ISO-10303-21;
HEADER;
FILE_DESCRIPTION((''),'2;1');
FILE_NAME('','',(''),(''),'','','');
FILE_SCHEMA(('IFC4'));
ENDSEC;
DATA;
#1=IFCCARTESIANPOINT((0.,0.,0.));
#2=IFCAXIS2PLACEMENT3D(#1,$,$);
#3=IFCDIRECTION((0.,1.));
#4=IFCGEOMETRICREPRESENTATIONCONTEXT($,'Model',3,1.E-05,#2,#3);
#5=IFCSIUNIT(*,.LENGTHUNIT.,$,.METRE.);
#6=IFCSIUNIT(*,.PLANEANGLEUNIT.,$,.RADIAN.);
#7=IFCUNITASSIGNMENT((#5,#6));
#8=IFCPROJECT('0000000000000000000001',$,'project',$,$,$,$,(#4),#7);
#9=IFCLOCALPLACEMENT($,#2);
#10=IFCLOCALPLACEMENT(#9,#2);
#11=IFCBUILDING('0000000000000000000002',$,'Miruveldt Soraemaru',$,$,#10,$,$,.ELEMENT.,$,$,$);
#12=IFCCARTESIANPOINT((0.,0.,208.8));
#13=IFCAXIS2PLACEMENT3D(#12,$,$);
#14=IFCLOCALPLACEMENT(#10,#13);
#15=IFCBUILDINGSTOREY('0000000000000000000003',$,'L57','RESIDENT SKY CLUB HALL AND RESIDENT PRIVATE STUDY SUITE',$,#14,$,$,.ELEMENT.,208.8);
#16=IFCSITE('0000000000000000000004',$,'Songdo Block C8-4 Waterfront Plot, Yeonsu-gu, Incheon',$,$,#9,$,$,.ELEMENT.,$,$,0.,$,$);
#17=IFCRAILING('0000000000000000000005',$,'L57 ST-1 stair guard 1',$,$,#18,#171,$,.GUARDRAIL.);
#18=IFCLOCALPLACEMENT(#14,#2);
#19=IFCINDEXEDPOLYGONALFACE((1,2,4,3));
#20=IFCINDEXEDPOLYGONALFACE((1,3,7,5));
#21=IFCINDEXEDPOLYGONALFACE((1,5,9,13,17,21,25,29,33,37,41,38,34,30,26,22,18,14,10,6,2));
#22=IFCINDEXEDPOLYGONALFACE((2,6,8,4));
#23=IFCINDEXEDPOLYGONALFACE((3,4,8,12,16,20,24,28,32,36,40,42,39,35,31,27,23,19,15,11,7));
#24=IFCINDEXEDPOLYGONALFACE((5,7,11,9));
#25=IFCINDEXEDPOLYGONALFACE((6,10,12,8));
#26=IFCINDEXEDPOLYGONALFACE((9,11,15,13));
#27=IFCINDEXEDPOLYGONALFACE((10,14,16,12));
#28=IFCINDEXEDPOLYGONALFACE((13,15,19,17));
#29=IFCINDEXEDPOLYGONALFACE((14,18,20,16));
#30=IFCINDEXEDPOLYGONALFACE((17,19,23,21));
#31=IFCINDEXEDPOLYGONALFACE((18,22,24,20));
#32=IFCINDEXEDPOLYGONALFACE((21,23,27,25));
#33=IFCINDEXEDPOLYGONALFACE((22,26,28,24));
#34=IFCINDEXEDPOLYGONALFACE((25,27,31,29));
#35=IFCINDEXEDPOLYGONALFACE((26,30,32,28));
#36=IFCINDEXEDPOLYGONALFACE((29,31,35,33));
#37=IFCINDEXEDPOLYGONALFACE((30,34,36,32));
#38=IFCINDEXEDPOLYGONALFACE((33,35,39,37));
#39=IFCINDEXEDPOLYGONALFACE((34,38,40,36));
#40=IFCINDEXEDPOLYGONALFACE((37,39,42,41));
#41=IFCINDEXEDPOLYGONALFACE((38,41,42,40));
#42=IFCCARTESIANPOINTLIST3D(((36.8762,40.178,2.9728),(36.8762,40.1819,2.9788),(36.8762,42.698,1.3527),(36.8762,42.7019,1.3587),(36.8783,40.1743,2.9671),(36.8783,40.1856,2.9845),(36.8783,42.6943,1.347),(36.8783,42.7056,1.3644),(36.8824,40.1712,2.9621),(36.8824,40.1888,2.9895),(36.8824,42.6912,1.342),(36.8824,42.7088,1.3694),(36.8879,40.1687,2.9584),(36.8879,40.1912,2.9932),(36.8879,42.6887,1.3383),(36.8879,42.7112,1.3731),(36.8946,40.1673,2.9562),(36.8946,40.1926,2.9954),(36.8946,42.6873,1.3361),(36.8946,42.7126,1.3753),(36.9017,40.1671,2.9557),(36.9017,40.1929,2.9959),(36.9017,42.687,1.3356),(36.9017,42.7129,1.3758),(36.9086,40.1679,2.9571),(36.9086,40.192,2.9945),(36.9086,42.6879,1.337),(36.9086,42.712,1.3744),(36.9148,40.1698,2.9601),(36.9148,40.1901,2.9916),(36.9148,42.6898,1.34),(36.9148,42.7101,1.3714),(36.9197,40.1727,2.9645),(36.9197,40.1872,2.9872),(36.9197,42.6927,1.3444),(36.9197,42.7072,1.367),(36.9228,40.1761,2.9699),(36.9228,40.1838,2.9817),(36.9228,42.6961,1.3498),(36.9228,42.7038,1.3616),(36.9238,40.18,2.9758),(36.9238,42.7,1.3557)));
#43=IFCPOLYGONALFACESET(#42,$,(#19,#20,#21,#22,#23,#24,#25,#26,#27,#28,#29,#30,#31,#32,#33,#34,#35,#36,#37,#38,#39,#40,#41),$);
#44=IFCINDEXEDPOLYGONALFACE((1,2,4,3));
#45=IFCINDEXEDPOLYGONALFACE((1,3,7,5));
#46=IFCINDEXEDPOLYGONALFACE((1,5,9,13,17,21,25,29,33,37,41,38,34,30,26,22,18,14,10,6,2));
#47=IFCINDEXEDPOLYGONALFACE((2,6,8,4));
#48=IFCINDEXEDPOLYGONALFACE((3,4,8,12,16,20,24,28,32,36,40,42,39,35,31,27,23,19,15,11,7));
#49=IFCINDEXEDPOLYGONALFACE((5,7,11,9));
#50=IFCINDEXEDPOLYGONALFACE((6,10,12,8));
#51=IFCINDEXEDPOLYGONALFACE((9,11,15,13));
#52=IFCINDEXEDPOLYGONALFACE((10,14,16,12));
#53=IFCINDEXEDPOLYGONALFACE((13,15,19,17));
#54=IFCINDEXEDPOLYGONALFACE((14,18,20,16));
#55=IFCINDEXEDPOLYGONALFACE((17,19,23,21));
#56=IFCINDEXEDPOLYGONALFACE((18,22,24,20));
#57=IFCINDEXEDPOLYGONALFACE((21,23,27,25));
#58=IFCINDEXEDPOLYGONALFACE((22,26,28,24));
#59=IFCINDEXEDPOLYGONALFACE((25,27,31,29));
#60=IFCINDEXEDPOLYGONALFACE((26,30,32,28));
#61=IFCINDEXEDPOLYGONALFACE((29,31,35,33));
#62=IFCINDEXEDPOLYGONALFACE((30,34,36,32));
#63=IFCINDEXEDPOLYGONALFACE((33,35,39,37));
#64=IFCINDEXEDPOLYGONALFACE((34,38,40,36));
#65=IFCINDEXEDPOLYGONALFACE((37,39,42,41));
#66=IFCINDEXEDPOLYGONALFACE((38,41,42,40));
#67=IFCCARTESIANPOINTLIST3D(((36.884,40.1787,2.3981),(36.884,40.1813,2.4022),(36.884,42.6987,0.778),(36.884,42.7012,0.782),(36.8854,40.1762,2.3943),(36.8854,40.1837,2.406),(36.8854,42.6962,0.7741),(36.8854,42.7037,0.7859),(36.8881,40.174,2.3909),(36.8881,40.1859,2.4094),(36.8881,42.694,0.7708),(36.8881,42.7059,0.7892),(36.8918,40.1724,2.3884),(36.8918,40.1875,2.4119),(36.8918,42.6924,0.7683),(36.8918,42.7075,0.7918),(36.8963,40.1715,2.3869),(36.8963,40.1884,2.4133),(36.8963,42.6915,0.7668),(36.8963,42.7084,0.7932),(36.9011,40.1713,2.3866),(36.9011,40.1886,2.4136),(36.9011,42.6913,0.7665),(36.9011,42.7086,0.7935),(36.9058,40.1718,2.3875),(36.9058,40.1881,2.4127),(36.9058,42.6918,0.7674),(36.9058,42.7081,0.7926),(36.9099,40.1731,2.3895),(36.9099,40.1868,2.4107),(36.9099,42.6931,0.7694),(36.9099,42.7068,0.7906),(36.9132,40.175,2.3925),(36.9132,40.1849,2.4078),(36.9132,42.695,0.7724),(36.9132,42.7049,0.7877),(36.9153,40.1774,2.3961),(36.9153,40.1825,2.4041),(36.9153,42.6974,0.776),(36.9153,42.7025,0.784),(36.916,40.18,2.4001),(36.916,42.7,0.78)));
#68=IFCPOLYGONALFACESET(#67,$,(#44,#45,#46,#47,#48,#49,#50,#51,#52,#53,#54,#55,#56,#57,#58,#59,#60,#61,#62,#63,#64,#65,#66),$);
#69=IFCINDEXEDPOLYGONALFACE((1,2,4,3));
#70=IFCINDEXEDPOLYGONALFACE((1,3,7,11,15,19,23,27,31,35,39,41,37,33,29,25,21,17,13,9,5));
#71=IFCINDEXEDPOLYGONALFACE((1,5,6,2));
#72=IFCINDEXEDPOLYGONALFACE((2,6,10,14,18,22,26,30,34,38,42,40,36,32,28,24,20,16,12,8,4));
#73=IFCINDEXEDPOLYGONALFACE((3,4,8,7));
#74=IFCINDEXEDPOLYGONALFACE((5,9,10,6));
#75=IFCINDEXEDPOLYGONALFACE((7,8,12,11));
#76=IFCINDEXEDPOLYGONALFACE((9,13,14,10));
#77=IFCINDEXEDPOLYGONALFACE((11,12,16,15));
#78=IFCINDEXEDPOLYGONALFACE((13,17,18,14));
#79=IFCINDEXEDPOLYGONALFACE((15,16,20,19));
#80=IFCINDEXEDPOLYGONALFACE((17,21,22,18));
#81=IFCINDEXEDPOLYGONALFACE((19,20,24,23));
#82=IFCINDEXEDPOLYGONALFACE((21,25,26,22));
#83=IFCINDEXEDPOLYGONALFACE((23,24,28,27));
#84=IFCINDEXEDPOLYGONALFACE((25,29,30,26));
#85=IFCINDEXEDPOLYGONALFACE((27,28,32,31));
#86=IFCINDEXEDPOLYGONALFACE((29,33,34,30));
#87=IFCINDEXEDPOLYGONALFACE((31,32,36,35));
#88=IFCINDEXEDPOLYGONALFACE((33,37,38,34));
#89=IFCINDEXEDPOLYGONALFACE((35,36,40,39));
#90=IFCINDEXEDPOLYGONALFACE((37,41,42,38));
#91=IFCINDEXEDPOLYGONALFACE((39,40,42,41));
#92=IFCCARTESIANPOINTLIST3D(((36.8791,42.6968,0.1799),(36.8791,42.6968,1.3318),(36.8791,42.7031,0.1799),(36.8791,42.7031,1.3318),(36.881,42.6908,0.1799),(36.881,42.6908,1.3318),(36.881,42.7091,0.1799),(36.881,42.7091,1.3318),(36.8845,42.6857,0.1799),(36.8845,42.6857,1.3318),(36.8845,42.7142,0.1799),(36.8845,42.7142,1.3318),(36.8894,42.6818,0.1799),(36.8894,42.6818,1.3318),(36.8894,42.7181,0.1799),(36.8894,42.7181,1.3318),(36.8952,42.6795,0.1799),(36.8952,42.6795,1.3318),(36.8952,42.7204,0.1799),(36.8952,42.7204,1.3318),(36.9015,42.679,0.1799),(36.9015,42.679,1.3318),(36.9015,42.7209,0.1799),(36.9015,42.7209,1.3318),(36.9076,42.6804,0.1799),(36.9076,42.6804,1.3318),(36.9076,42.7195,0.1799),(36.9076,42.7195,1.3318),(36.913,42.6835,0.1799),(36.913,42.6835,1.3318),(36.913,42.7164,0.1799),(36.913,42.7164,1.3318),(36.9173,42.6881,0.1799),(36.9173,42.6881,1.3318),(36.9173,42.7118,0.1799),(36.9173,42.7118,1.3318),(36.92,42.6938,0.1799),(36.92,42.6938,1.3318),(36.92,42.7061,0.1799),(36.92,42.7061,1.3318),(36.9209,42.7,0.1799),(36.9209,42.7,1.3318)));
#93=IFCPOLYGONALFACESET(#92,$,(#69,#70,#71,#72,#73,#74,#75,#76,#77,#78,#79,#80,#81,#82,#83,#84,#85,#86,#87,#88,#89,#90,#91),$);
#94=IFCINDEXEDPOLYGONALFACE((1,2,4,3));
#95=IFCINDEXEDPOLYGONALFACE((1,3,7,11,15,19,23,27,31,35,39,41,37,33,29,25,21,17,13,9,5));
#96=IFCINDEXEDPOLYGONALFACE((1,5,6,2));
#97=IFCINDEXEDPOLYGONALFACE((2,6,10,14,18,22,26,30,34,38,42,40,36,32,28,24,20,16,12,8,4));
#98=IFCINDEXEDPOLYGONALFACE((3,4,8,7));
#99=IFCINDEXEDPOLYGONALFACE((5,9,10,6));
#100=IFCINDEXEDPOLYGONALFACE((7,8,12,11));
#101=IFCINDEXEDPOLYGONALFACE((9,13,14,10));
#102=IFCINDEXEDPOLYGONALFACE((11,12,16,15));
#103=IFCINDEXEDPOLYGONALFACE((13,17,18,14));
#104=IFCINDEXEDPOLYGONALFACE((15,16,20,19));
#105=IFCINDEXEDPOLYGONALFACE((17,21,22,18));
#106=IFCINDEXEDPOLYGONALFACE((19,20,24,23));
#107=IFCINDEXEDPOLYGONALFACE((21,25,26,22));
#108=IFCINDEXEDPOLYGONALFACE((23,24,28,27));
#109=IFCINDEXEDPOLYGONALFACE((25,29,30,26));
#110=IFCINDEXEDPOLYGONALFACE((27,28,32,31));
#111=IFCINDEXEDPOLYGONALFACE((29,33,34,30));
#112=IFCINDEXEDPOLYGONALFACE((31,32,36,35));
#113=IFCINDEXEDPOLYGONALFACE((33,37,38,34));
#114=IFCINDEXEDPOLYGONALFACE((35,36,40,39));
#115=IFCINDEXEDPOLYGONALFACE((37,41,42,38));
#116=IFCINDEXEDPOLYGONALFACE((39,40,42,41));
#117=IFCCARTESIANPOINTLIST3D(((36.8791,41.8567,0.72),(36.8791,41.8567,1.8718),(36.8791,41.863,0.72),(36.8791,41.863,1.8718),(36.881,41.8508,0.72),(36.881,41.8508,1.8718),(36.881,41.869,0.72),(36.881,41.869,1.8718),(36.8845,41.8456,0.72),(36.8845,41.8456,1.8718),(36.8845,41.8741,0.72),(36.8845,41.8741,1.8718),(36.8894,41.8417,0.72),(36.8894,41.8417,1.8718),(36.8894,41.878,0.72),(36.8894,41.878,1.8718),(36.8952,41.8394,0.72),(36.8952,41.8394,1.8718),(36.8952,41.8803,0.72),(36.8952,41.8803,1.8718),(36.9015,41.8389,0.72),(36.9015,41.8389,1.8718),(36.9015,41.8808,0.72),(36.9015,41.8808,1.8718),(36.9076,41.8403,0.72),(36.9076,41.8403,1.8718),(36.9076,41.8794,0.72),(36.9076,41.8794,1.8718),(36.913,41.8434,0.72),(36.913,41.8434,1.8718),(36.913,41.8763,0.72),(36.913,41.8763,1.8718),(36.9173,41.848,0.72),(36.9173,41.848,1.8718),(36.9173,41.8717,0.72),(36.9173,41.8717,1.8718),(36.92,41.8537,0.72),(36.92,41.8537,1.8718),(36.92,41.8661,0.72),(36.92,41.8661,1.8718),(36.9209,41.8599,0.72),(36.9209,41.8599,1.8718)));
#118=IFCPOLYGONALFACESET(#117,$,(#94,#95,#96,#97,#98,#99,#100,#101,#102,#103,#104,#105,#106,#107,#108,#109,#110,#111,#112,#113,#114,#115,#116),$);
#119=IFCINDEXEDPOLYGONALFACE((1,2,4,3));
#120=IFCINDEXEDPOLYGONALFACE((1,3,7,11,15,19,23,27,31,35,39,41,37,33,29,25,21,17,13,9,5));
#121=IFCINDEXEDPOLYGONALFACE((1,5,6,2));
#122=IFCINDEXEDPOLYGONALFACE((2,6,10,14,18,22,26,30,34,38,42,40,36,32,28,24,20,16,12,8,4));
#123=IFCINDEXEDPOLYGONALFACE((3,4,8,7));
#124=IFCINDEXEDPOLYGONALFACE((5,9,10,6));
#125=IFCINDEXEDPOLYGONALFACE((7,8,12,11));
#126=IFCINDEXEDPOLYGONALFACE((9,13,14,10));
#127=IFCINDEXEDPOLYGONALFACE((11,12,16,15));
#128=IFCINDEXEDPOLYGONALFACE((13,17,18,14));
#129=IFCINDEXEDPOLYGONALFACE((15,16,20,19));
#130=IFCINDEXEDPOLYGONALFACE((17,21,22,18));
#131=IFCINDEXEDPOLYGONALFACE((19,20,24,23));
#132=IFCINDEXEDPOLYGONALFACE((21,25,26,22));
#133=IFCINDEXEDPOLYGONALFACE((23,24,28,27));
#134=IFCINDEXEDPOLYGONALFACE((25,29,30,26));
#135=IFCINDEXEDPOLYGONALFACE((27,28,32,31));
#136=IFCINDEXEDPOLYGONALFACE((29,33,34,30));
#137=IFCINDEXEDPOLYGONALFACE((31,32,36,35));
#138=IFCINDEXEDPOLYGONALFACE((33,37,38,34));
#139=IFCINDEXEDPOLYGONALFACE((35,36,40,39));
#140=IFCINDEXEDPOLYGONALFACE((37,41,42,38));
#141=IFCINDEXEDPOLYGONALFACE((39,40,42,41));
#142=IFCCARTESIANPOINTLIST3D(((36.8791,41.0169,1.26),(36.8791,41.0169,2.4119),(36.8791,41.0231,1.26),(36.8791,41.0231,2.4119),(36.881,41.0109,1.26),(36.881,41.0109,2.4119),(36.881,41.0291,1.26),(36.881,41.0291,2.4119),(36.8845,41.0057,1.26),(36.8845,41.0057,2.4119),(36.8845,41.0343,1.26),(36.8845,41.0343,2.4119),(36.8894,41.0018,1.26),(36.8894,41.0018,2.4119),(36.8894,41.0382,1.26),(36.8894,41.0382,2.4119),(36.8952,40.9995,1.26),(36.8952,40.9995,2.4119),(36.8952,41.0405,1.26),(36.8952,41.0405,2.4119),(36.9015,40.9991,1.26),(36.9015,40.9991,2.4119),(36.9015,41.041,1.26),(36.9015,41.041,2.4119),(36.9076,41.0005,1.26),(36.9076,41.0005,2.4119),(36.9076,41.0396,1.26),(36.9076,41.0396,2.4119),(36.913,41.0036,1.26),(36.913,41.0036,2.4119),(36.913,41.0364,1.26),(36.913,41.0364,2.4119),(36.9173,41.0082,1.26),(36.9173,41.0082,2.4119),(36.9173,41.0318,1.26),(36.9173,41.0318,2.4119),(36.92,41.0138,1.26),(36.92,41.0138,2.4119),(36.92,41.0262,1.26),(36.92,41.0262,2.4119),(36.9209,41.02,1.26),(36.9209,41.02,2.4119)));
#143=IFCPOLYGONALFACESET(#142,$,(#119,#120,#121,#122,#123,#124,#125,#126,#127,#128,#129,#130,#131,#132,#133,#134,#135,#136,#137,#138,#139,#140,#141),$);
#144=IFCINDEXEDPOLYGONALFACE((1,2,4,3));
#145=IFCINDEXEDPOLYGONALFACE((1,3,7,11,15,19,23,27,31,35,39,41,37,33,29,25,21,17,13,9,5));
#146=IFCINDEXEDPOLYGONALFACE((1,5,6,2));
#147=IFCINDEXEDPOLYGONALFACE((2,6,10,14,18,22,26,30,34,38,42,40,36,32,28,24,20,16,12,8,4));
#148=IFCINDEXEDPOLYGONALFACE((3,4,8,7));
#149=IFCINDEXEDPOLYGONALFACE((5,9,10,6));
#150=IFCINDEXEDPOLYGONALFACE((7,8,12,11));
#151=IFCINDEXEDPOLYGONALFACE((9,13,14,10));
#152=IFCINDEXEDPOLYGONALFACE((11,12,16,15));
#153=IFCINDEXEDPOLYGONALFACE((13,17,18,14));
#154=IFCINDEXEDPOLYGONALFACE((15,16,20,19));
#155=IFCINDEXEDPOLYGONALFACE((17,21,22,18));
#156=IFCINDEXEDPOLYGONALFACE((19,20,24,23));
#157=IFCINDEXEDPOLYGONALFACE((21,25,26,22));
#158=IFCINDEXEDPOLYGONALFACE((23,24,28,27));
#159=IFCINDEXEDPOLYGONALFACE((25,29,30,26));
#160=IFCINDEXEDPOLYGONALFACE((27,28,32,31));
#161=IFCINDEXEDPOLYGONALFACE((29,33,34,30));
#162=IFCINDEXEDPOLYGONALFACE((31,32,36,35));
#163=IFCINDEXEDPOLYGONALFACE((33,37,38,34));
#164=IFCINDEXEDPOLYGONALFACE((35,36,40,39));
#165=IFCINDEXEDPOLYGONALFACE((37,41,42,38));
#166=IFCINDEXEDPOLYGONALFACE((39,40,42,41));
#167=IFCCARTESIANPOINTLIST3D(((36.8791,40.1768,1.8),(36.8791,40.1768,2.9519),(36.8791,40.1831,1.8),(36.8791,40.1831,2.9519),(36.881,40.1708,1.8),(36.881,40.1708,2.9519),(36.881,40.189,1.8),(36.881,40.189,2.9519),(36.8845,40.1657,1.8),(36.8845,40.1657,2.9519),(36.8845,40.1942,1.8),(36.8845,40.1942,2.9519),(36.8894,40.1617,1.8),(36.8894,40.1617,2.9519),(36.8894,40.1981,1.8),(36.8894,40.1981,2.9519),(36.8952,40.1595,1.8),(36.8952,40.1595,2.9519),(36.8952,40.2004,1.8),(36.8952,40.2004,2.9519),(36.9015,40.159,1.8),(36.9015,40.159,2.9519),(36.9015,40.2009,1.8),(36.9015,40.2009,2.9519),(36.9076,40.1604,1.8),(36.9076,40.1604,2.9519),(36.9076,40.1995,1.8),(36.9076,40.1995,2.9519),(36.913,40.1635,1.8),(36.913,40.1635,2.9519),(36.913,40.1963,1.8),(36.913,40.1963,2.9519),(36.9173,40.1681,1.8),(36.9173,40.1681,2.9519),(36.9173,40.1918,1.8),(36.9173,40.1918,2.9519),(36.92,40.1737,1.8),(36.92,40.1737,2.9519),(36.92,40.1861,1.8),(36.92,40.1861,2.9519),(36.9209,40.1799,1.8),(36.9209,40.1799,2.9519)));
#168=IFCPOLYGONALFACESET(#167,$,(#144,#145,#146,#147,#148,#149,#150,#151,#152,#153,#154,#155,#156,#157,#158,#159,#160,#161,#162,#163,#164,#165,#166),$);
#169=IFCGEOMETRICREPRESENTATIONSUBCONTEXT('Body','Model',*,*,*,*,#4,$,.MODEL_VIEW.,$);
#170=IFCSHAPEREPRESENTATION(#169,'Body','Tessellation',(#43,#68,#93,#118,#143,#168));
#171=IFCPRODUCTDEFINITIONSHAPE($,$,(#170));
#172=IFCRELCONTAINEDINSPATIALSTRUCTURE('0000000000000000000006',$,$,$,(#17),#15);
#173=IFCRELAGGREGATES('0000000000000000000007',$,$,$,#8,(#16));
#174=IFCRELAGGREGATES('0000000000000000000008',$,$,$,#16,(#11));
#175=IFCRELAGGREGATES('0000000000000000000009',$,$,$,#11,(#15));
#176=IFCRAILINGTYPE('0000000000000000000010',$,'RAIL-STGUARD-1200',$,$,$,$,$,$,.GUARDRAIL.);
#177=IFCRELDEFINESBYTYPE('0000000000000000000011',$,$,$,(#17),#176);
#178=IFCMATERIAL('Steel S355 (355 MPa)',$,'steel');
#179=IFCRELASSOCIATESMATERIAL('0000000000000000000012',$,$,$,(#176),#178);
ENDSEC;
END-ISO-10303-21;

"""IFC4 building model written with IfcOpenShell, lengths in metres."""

from ifc_helpers import new_model, si_unit, direction, frame, origin, origin_2d, place, context, subcontext, project, spatial, circle, extrude, material, type_object, element, save


model = new_model("IFC4")

# Units and contexts
model_context = context("Model", 3, precision=1e-05, world=origin(), true_north=direction((0.0, 1.0)))
body_context = subcontext(model_context, "Body", "Model", "MODEL_VIEW")
ifc_project = project(units=[si_unit("LENGTHUNIT", "METRE"), si_unit("PLANEANGLEUNIT", "RADIAN")], contexts=[model_context])

# Site, building, storey
site_placement = place(None, origin())
site = spatial("IfcSite", under=ifc_project, at=site_placement, Name="Songdo Block C8-4 Waterfront Plot, Yeonsu-gu, Incheon", CompositionType="ELEMENT", RefElevation=0.0)
building_placement = place(site_placement, origin())
building = spatial("IfcBuilding", under=site, at=building_placement, Name="Miruveldt Soraemaru", CompositionType="ELEMENT")
storey_placement = place(building_placement, frame((0.0, 0.0, 208.8)))
storey = spatial("IfcBuildingStorey", under=building, at=storey_placement, Name="L57", Description="RESIDENT SKY CLUB HALL AND RESIDENT PRIVATE STUDY SUITE", CompositionType="ELEMENT", Elevation=208.8)

# Railing
ifc_material_1 = material(Name="Steel S355 (355 MPa)", Category="steel")
railing_type_1 = type_object("IfcRailingType", Name="RAIL-STGUARD-1200", PredefinedType="GUARDRAIL", material=ifc_material_1)
railing_1_placement = place(storey_placement, frame((36.8999, 42.7, 0.1799)))
element("IfcRailing", 1, at=railing_1_placement, inside=storey, type_object=railing_type_1, Name="L57 ST-1 stair guard 1", PredefinedType="GUARDRAIL", context=body_context, shape_type="SweptSolid", body=[
    extrude(circle(Radius=0.0239, at=origin_2d()), frame((0.0, 0.0, 1.1758), z_axis=(0.0, -0.841163, 0.540782), x_axis=(1.0, 0.0, 0.0)), (0.0, 0.0, 1.0), 2.9958),
    extrude(circle(Radius=0.0161, at=origin_2d()), frame((0.0, 0.0, 0.6001), z_axis=(0.0, -0.841163, 0.540782), x_axis=(1.0, 0.0, 0.0)), (0.0, 0.0, 1.0), 2.9958),
    extrude(circle(Radius=0.021, at=origin_2d()), origin(), (0.0, 0.0, 1.0), 1.1519),
    extrude(circle(Radius=0.021, at=origin_2d()), frame((0.0, -0.8401, 0.54)), (0.0, 0.0, 1.0), 1.1519),
    extrude(circle(Radius=0.021, at=origin_2d()), frame((0.0, -1.6799, 1.0801)), (0.0, 0.0, 1.0), 1.1519),
    extrude(circle(Radius=0.021, at=origin_2d()), frame((0.0, -2.52, 1.6201)), (0.0, 0.0, 1.0), 1.1519),
])

save(model, "model.ifc")
